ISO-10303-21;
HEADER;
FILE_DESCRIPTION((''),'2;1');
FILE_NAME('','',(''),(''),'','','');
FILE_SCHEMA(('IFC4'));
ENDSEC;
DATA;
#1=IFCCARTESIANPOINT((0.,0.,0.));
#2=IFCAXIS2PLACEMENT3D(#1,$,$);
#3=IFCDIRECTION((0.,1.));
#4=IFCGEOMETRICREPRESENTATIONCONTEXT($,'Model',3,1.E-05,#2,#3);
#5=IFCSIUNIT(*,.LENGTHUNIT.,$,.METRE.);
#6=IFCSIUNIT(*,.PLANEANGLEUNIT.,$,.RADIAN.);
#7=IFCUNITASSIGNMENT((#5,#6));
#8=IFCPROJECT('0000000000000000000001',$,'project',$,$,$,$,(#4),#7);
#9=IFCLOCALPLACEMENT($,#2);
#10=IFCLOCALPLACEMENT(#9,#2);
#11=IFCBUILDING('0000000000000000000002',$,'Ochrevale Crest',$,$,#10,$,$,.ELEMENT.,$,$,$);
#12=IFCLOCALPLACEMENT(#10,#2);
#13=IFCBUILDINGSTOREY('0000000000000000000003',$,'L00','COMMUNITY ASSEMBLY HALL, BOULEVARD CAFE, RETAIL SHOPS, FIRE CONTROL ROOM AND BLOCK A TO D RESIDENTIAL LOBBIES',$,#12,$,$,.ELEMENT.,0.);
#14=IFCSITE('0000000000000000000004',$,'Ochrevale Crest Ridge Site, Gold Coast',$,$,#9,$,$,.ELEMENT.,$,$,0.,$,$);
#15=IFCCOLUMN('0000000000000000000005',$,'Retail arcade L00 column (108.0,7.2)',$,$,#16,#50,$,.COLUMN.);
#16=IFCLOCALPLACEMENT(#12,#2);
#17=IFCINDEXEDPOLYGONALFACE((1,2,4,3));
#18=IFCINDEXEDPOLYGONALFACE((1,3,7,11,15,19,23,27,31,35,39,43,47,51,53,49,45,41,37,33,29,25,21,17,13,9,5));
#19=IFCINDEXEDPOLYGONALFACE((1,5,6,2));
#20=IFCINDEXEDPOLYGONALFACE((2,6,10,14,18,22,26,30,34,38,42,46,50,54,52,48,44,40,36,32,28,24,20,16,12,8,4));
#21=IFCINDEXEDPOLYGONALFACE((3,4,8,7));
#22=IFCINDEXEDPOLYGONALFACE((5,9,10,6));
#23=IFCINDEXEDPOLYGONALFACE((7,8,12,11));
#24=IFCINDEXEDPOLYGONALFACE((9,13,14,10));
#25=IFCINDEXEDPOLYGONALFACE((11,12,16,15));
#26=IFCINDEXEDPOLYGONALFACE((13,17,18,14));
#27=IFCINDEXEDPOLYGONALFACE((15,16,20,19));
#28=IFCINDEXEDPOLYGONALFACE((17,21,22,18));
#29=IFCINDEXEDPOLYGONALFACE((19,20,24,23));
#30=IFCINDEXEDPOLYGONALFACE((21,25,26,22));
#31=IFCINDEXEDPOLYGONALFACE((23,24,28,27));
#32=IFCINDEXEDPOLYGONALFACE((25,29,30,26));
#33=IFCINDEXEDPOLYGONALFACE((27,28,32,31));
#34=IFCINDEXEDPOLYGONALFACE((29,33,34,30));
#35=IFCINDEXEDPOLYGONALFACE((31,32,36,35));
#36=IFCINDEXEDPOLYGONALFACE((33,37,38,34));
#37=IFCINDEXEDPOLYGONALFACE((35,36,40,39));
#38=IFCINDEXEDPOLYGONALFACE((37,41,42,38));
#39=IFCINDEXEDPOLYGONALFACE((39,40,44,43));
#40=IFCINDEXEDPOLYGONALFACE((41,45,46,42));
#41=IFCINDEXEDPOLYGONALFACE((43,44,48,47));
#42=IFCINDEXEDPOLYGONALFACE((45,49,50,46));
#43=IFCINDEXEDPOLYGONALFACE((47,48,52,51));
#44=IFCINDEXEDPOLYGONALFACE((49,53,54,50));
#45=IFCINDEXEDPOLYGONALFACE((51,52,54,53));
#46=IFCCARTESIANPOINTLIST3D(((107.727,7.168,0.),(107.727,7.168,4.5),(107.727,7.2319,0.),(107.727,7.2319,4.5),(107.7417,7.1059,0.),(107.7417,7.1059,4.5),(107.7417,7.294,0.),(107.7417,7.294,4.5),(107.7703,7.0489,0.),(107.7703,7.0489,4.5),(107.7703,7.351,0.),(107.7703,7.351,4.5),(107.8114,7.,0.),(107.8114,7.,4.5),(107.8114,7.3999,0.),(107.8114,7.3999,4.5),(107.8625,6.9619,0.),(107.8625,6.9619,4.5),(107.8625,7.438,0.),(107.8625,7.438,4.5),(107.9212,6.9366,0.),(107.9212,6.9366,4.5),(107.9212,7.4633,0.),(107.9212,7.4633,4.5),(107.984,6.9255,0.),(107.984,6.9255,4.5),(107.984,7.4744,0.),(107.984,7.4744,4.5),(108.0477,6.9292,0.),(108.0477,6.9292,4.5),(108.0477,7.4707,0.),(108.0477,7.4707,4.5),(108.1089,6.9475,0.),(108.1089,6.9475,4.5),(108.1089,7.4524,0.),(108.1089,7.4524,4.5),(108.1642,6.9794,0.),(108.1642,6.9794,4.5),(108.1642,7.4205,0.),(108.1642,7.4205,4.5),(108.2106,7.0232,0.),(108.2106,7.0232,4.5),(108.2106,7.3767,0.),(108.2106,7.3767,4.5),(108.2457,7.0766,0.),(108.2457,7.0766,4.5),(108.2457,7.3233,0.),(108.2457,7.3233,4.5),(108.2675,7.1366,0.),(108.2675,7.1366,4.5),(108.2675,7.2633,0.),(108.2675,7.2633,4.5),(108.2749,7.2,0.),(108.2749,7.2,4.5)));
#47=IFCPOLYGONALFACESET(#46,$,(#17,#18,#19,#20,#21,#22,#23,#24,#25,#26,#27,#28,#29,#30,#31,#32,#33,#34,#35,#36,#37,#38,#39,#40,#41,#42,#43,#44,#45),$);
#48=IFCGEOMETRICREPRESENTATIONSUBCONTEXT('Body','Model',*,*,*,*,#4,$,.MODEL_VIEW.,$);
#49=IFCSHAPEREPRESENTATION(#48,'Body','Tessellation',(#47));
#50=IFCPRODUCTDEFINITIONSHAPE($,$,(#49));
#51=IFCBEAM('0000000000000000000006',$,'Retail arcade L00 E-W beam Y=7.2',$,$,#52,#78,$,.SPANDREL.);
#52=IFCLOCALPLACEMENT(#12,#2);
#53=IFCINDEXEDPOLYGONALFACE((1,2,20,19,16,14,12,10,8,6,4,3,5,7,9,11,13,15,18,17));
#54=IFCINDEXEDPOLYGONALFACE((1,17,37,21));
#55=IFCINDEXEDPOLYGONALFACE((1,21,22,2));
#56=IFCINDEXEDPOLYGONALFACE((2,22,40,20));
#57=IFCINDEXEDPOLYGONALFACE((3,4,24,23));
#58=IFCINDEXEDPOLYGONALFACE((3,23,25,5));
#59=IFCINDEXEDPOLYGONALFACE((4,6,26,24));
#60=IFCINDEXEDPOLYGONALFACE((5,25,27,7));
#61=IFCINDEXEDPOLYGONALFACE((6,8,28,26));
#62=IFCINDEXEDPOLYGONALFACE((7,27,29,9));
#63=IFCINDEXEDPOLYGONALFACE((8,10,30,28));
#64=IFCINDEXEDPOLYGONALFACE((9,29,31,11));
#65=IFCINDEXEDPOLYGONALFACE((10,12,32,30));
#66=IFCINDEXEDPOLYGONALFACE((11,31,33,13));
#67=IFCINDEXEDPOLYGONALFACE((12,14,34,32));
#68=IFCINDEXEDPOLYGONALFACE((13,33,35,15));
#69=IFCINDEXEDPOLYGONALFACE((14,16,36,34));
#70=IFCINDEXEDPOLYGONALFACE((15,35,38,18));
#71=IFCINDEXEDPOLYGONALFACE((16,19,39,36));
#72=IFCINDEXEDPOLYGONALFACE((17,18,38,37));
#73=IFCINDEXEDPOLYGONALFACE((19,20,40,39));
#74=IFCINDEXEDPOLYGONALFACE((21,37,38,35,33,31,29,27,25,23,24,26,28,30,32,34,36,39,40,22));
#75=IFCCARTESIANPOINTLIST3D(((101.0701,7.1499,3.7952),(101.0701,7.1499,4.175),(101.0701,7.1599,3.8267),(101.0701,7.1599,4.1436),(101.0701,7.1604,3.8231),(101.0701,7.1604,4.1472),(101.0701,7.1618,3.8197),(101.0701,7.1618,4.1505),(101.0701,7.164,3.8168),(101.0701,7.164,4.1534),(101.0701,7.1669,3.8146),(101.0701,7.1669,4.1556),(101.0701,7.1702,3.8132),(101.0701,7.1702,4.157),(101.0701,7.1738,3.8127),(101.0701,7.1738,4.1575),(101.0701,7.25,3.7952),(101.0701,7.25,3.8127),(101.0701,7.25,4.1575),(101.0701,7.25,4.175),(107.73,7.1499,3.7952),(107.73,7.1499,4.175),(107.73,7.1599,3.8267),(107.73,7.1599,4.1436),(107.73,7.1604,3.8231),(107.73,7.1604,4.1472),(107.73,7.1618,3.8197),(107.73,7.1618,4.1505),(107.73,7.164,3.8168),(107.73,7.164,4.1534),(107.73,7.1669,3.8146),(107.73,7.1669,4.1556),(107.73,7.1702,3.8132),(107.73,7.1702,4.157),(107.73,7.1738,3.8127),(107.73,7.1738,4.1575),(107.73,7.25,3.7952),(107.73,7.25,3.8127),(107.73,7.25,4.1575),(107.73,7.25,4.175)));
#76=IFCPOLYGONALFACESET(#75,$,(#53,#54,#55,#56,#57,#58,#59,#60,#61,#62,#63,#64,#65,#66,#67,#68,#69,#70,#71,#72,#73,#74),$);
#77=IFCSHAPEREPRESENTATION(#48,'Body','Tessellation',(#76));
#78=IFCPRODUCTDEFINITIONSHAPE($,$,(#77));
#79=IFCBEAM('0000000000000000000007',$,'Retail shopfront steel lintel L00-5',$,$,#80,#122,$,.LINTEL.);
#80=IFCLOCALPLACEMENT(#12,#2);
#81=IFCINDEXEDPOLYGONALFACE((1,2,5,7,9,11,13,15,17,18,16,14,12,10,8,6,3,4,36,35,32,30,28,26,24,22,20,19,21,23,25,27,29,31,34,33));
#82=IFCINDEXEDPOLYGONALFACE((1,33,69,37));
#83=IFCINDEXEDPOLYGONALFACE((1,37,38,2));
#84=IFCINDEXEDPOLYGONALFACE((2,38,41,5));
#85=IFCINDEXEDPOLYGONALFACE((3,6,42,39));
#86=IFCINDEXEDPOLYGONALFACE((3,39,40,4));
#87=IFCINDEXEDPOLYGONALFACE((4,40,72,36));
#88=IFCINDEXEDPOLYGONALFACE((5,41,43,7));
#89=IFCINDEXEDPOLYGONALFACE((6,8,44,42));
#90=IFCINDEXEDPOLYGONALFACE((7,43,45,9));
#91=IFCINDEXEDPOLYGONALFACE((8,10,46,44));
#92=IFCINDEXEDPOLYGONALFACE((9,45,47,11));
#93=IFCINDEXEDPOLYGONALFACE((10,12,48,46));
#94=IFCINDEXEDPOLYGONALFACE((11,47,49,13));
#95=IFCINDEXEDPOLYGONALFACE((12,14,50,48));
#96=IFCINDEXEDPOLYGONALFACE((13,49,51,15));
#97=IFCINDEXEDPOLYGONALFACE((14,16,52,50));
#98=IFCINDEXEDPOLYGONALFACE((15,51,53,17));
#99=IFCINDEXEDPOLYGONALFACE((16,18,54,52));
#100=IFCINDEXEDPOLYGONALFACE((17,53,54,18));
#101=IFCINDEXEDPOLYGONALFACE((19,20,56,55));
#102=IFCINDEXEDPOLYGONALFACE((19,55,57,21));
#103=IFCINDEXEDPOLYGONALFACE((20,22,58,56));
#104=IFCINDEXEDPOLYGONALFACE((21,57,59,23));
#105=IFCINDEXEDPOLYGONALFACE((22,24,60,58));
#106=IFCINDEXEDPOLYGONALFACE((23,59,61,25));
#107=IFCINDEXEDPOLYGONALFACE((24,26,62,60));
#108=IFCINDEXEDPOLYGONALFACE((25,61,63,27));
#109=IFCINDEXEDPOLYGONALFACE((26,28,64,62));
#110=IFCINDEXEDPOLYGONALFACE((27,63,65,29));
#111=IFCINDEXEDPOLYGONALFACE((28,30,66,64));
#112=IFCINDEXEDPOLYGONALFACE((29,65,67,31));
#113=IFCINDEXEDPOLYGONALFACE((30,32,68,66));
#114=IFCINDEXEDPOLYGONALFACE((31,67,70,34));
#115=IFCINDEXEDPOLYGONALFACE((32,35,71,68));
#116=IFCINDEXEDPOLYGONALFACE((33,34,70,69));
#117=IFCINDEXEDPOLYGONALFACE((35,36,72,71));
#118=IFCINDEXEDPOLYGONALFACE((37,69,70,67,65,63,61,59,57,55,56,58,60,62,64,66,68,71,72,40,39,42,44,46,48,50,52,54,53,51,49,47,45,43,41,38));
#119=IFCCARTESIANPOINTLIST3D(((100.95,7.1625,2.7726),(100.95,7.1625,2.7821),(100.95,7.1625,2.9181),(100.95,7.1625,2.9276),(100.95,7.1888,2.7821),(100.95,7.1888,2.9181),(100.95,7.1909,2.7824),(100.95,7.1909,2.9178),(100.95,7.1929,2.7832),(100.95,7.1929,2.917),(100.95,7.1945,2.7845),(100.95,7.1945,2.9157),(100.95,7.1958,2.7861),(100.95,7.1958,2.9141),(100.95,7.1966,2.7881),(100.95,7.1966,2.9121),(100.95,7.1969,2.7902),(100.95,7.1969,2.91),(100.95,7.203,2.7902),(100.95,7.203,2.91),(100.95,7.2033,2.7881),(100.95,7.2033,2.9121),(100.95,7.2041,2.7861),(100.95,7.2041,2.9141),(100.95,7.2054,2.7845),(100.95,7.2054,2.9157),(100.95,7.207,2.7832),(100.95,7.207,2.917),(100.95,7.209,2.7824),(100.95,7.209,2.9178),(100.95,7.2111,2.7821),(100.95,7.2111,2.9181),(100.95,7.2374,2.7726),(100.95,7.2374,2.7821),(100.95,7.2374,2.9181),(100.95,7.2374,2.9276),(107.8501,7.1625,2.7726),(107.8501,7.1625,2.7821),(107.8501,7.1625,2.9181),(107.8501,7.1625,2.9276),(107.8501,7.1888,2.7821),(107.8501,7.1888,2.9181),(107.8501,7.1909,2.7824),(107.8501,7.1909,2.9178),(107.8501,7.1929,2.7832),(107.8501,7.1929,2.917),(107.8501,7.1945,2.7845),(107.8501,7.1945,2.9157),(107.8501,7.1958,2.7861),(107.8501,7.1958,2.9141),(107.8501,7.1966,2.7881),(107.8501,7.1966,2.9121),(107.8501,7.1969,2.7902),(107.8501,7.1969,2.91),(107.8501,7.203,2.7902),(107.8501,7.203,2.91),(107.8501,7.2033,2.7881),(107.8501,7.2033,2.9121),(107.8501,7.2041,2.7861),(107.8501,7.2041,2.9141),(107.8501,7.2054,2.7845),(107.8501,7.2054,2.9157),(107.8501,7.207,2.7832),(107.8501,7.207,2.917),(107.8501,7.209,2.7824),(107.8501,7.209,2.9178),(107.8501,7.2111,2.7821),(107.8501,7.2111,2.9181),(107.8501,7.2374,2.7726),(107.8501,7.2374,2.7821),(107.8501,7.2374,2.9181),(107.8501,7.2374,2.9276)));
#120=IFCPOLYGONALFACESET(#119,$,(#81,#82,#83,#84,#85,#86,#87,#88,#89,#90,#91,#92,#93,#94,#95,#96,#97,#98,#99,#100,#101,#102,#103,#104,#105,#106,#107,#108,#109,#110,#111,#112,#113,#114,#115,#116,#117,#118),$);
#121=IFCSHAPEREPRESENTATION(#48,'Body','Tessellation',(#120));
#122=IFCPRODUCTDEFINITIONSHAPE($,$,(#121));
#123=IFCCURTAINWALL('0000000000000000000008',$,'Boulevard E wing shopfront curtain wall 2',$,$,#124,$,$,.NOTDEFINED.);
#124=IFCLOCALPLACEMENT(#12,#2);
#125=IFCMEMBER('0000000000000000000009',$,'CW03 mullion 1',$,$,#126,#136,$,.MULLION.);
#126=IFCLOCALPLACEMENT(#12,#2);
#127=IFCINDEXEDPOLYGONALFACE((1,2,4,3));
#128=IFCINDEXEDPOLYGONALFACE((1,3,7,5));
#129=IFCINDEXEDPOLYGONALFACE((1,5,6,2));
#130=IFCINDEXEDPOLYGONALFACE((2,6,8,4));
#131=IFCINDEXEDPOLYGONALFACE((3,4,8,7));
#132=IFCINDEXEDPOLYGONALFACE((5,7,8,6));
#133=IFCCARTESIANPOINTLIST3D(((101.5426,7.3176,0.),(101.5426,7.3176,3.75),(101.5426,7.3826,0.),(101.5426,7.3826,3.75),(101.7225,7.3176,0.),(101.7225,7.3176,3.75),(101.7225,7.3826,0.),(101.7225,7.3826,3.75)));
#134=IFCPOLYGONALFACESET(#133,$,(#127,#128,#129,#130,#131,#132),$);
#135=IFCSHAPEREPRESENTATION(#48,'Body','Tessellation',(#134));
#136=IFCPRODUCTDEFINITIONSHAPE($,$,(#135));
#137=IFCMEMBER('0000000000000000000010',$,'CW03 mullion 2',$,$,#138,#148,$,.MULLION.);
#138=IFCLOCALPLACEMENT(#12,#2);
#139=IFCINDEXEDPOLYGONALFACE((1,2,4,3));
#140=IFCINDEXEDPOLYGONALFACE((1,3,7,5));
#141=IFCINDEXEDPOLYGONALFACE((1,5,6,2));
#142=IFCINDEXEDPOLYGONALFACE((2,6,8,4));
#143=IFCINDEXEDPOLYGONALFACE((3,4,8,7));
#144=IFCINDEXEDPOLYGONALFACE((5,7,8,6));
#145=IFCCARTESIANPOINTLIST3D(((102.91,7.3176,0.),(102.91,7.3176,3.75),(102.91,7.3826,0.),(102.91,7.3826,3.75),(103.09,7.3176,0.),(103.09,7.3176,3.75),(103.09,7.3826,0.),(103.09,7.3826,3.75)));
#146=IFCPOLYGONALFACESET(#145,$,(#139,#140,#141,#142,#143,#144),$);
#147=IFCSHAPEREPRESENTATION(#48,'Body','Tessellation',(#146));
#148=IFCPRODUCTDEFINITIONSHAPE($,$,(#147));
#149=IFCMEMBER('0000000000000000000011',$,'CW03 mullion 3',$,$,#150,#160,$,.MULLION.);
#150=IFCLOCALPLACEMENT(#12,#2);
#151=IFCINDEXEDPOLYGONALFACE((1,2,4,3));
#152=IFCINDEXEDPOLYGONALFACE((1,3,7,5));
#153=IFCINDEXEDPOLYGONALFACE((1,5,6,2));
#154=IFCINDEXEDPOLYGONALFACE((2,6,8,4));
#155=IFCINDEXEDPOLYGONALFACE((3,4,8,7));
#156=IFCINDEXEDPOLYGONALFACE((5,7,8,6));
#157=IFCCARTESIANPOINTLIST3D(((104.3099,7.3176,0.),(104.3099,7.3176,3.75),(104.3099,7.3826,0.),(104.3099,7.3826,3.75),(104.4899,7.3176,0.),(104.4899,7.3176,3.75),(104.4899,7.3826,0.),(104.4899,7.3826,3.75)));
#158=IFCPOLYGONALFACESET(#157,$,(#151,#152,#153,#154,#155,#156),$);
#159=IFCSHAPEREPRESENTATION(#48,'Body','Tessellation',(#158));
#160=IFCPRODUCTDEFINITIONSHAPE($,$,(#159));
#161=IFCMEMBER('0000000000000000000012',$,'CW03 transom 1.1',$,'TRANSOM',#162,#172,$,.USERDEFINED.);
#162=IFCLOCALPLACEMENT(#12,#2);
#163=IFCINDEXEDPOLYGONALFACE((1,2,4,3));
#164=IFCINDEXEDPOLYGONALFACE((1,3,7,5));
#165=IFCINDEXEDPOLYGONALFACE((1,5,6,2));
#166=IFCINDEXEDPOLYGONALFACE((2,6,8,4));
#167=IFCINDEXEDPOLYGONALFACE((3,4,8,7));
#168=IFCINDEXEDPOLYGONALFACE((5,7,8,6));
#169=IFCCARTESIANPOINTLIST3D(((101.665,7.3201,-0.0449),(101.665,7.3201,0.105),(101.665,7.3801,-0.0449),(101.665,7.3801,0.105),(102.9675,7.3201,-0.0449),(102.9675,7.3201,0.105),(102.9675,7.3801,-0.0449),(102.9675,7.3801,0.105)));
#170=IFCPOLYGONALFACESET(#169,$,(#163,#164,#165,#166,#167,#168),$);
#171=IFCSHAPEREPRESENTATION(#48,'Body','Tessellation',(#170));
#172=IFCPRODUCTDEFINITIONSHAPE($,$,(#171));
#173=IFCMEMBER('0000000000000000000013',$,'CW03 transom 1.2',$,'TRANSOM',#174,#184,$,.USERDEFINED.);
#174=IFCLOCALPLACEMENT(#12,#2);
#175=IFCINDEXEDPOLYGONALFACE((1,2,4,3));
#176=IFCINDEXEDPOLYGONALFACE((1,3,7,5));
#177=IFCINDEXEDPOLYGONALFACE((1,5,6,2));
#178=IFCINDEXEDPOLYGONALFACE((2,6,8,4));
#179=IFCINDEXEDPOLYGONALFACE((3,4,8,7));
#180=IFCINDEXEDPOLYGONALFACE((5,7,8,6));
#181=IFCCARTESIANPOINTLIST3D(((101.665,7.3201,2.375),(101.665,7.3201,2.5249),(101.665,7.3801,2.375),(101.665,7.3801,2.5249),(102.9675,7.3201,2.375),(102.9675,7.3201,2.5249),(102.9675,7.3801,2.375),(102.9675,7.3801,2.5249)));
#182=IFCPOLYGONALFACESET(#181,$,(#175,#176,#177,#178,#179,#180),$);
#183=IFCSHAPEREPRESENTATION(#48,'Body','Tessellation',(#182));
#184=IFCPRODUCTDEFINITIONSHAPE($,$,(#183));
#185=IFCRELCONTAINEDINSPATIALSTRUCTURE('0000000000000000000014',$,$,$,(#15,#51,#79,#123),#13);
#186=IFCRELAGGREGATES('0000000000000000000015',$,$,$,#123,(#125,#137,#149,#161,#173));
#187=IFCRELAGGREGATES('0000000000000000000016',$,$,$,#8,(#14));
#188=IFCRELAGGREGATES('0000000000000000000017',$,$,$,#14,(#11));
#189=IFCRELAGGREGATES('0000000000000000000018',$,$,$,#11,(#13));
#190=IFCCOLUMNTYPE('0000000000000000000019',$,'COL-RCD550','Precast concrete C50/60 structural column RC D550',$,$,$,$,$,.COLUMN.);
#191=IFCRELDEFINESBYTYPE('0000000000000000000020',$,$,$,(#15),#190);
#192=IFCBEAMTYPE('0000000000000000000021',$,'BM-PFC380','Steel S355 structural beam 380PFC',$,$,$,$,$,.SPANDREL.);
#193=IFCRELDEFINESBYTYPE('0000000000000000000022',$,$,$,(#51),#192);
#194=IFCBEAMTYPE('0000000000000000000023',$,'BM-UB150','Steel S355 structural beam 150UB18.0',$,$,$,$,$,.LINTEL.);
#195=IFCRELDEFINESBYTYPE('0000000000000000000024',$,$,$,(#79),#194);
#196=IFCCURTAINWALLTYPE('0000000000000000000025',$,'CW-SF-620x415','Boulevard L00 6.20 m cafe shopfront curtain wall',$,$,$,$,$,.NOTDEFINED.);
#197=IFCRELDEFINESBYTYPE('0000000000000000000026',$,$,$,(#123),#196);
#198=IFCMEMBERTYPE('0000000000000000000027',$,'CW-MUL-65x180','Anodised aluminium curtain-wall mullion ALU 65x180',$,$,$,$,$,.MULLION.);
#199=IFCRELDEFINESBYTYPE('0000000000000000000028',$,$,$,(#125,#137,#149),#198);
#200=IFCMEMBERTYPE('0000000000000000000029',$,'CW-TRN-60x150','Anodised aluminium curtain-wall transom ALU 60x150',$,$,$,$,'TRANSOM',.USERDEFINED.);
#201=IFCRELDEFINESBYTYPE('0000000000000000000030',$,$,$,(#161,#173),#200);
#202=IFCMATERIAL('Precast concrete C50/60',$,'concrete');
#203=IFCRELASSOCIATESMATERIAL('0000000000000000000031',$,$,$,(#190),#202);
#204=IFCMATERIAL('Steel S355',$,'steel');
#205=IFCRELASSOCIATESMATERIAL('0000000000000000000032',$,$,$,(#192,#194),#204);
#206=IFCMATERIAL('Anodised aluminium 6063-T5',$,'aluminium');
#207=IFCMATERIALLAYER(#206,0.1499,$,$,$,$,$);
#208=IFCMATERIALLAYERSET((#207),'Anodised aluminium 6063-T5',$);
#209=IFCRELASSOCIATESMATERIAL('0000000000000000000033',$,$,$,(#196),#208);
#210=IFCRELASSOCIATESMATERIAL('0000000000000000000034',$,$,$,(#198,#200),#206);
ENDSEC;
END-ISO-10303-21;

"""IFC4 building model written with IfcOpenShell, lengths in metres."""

from ifc_helpers import new_model, si_unit, direction, frame, origin, origin_2d, place, context, subcontext, project, spatial, rectangle, circle, i_section, u_section, extrude, material, layer, layer_set, material_profile, profile_set, type_object, element, aggregate, save


model = new_model("IFC4")

# Units and contexts
model_context = context("Model", 3, precision=1e-05, world=origin(), true_north=direction((0.0, 1.0)))
body_context = subcontext(model_context, "Body", "Model", "MODEL_VIEW")
ifc_project = project(units=[si_unit("LENGTHUNIT", "METRE"), si_unit("PLANEANGLEUNIT", "RADIAN")], contexts=[model_context])

# Site, building, storey
site_placement = place(None, origin())
site = spatial("IfcSite", under=ifc_project, at=site_placement, Name="Ochrevale Crest Ridge Site, Gold Coast", CompositionType="ELEMENT", RefElevation=0.0)
building_placement = place(site_placement, origin())
building = spatial("IfcBuilding", under=site, at=building_placement, Name="Ochrevale Crest", CompositionType="ELEMENT")
storey_placement = place(building_placement, origin())
storey = spatial("IfcBuildingStorey", under=building, at=storey_placement, Name="L00", Description="COMMUNITY ASSEMBLY HALL, BOULEVARD CAFE, RETAIL SHOPS, FIRE CONTROL ROOM AND BLOCK A TO D RESIDENTIAL LOBBIES", CompositionType="ELEMENT", Elevation=0.0)

# Column
ifc_material_1 = material(Name="Precast concrete C50/60", Category="concrete")
ifc_material_profile_1 = material_profile(ifc_material_1, circle(Radius=0.2749, at=origin_2d()), Name="RC D550")
ifc_profile_set_1 = profile_set([ifc_material_profile_1], Name="Precast concrete C50/60")
column_type = type_object("IfcColumnType", Name="COL-RCD550", Description="Precast concrete C50/60 structural column RC D550", PredefinedType="COLUMN", material=ifc_profile_set_1)
column_placement = place(storey_placement, frame((108.0, 7.2, 0.0), z_axis=(0.0, 0.0, 1.0), x_axis=(1.0, 0.0, 0.0)))
element("IfcColumn", 1, at=column_placement, inside=storey, type_object=column_type, Name="Retail arcade L00 column (108.0,7.2)", PredefinedType="COLUMN", context=body_context, shape_type="SweptSolid", body=[
    extrude(circle(Radius=0.2749, at=origin_2d()), origin(), (0.0, 0.0, 1.0), 4.5),
])

# Beams
ifc_material_2 = material(Name="Steel S355", Category="steel")
ifc_material_profile_2 = material_profile(ifc_material_2, u_section(Depth=0.3799, FlangeWidth=0.1001, WebThickness=0.01, FlangeThickness=0.0176, FilletRadius=0.0139, at=origin_2d()), Name="380PFC")
ifc_profile_set_2 = profile_set([ifc_material_profile_2], Name="Steel S355")
beam_type_1 = type_object("IfcBeamType", Name="BM-PFC380", Description="Steel S355 structural beam 380PFC", PredefinedType="SPANDREL", material=ifc_profile_set_2)
beam_1_placement = place(storey_placement, frame((101.0701, 7.2, 3.9851), z_axis=(1.0, 0.0, 0.0), x_axis=(0.0, 1.0, 0.0)))
element("IfcBeam", 2, at=beam_1_placement, inside=storey, type_object=beam_type_1, Name="Retail arcade L00 E-W beam Y=7.2", PredefinedType="SPANDREL", context=body_context, shape_type="SweptSolid", body=[
    extrude(u_section(Depth=0.3799, FlangeWidth=0.1001, WebThickness=0.01, FlangeThickness=0.0176, FilletRadius=0.0139, at=origin_2d()), origin(), (0.0, 0.0, 1.0), 6.6599),
])
ifc_material_profile_3 = material_profile(ifc_material_2, i_section(OverallWidth=0.075, OverallDepth=0.155, WebThickness=0.0061, FlangeThickness=0.0095, FilletRadius=0.0081, at=origin_2d()), Name="150UB18.0")
ifc_profile_set_3 = profile_set([ifc_material_profile_3], Name="Steel S355")
beam_type_2 = type_object("IfcBeamType", Name="BM-UB150", Description="Steel S355 structural beam 150UB18.0", PredefinedType="LINTEL", material=ifc_profile_set_3)
beam_2_placement = place(storey_placement, frame((100.95, 7.2, 2.8501), z_axis=(1.0, 0.0, 0.0), x_axis=(0.0, 1.0, 0.0)))
element("IfcBeam", 3, at=beam_2_placement, inside=storey, type_object=beam_type_2, Name="Retail shopfront steel lintel L00-5", PredefinedType="LINTEL", context=body_context, shape_type="SweptSolid", body=[
    extrude(i_section(OverallWidth=0.075, OverallDepth=0.155, WebThickness=0.0061, FlangeThickness=0.0095, FilletRadius=0.0081, at=origin_2d()), origin(), (0.0, 0.0, 1.0), 6.9001),
])

# Curtain wall, members
ifc_material_3 = material(Name="Anodised aluminium 6063-T5", Category="aluminium")
ifc_layer_1 = layer(ifc_material_3, 0.1499)
ifc_layer_set_1 = layer_set([ifc_layer_1], Name="Anodised aluminium 6063-T5")
curtain_wall_type = type_object("IfcCurtainWallType", Name="CW-SF-620x415", Description="Boulevard L00 6.20 m cafe shopfront curtain wall", PredefinedType="NOTDEFINED", material=ifc_layer_set_1)
curtain_wall_placement = place(storey_placement, origin())
curtain_wall = element("IfcCurtainWall", 4, at=curtain_wall_placement, inside=storey, type_object=curtain_wall_type, Name="Boulevard E wing shopfront curtain wall 2", PredefinedType="NOTDEFINED")
ifc_material_profile_4 = material_profile(ifc_material_3, rectangle(XDim=0.0649, YDim=0.1799, at=origin_2d()), Name="ALU 65x180")
ifc_profile_set_4 = profile_set([ifc_material_profile_4], Name="Anodised aluminium 6063-T5")
member_type_1 = type_object("IfcMemberType", Name="CW-MUL-65x180", Description="Anodised aluminium curtain-wall mullion ALU 65x180", PredefinedType="MULLION", material=ifc_profile_set_4)
member_1_placement = place(storey_placement, frame((101.6326, 7.3501, 0.0), z_axis=(0.0, 0.0, 1.0), x_axis=(0.0, 1.0, 0.0)))
member_1 = element("IfcMember", 5, at=member_1_placement, type_object=member_type_1, Name="CW03 mullion 1", PredefinedType="MULLION", context=body_context, shape_type="SweptSolid", body=[
    extrude(rectangle(XDim=0.0649, YDim=0.1799, at=origin_2d()), origin(), (0.0, 0.0, 1.0), 3.75),
])
member_2_placement = place(storey_placement, frame((103.0, 7.3501, 0.0), z_axis=(0.0, 0.0, 1.0), x_axis=(0.0, 1.0, 0.0)))
member_2 = element("IfcMember", 6, at=member_2_placement, type_object=member_type_1, Name="CW03 mullion 2", PredefinedType="MULLION", context=body_context, shape_type="SweptSolid", body=[
    extrude(rectangle(XDim=0.0649, YDim=0.1799, at=origin_2d()), origin(), (0.0, 0.0, 1.0), 3.75),
])
member_3_placement = place(storey_placement, frame((104.3999, 7.3501, 0.0), z_axis=(0.0, 0.0, 1.0), x_axis=(0.0, 1.0, 0.0)))
member_3 = element("IfcMember", 7, at=member_3_placement, type_object=member_type_1, Name="CW03 mullion 3", PredefinedType="MULLION", context=body_context, shape_type="SweptSolid", body=[
    extrude(rectangle(XDim=0.0649, YDim=0.1799, at=origin_2d()), origin(), (0.0, 0.0, 1.0), 3.75),
])
ifc_material_profile_5 = material_profile(ifc_material_3, rectangle(XDim=0.0601, YDim=0.1499, at=origin_2d()), Name="ALU 60x150")
ifc_profile_set_5 = profile_set([ifc_material_profile_5], Name="Anodised aluminium 6063-T5")
member_type_2 = type_object("IfcMemberType", Name="CW-TRN-60x150", Description="Anodised aluminium curtain-wall transom ALU 60x150", ElementType="TRANSOM", PredefinedType="USERDEFINED", material=ifc_profile_set_5)
member_4_placement = place(storey_placement, frame((101.665, 7.3501, 0.03), z_axis=(1.0, 0.0, 0.0), x_axis=(0.0, 1.0, 0.0)))
member_4 = element("IfcMember", 8, at=member_4_placement, type_object=member_type_2, Name="CW03 transom 1.1", ObjectType="TRANSOM", PredefinedType="USERDEFINED", context=body_context, shape_type="SweptSolid", body=[
    extrude(rectangle(XDim=0.0601, YDim=0.1499, at=origin_2d()), origin(), (0.0, 0.0, 1.0), 1.3025),
])
member_5_placement = place(storey_placement, frame((101.665, 7.3501, 2.45), z_axis=(1.0, 0.0, 0.0), x_axis=(0.0, 1.0, 0.0)))
member_5 = element("IfcMember", 9, at=member_5_placement, type_object=member_type_2, Name="CW03 transom 1.2", ObjectType="TRANSOM", PredefinedType="USERDEFINED", context=body_context, shape_type="SweptSolid", body=[
    extrude(rectangle(XDim=0.0601, YDim=0.1499, at=origin_2d()), origin(), (0.0, 0.0, 1.0), 1.3025),
])
aggregate(curtain_wall, [member_1, member_2, member_3, member_4, member_5])

save(model, "model.ifc")
